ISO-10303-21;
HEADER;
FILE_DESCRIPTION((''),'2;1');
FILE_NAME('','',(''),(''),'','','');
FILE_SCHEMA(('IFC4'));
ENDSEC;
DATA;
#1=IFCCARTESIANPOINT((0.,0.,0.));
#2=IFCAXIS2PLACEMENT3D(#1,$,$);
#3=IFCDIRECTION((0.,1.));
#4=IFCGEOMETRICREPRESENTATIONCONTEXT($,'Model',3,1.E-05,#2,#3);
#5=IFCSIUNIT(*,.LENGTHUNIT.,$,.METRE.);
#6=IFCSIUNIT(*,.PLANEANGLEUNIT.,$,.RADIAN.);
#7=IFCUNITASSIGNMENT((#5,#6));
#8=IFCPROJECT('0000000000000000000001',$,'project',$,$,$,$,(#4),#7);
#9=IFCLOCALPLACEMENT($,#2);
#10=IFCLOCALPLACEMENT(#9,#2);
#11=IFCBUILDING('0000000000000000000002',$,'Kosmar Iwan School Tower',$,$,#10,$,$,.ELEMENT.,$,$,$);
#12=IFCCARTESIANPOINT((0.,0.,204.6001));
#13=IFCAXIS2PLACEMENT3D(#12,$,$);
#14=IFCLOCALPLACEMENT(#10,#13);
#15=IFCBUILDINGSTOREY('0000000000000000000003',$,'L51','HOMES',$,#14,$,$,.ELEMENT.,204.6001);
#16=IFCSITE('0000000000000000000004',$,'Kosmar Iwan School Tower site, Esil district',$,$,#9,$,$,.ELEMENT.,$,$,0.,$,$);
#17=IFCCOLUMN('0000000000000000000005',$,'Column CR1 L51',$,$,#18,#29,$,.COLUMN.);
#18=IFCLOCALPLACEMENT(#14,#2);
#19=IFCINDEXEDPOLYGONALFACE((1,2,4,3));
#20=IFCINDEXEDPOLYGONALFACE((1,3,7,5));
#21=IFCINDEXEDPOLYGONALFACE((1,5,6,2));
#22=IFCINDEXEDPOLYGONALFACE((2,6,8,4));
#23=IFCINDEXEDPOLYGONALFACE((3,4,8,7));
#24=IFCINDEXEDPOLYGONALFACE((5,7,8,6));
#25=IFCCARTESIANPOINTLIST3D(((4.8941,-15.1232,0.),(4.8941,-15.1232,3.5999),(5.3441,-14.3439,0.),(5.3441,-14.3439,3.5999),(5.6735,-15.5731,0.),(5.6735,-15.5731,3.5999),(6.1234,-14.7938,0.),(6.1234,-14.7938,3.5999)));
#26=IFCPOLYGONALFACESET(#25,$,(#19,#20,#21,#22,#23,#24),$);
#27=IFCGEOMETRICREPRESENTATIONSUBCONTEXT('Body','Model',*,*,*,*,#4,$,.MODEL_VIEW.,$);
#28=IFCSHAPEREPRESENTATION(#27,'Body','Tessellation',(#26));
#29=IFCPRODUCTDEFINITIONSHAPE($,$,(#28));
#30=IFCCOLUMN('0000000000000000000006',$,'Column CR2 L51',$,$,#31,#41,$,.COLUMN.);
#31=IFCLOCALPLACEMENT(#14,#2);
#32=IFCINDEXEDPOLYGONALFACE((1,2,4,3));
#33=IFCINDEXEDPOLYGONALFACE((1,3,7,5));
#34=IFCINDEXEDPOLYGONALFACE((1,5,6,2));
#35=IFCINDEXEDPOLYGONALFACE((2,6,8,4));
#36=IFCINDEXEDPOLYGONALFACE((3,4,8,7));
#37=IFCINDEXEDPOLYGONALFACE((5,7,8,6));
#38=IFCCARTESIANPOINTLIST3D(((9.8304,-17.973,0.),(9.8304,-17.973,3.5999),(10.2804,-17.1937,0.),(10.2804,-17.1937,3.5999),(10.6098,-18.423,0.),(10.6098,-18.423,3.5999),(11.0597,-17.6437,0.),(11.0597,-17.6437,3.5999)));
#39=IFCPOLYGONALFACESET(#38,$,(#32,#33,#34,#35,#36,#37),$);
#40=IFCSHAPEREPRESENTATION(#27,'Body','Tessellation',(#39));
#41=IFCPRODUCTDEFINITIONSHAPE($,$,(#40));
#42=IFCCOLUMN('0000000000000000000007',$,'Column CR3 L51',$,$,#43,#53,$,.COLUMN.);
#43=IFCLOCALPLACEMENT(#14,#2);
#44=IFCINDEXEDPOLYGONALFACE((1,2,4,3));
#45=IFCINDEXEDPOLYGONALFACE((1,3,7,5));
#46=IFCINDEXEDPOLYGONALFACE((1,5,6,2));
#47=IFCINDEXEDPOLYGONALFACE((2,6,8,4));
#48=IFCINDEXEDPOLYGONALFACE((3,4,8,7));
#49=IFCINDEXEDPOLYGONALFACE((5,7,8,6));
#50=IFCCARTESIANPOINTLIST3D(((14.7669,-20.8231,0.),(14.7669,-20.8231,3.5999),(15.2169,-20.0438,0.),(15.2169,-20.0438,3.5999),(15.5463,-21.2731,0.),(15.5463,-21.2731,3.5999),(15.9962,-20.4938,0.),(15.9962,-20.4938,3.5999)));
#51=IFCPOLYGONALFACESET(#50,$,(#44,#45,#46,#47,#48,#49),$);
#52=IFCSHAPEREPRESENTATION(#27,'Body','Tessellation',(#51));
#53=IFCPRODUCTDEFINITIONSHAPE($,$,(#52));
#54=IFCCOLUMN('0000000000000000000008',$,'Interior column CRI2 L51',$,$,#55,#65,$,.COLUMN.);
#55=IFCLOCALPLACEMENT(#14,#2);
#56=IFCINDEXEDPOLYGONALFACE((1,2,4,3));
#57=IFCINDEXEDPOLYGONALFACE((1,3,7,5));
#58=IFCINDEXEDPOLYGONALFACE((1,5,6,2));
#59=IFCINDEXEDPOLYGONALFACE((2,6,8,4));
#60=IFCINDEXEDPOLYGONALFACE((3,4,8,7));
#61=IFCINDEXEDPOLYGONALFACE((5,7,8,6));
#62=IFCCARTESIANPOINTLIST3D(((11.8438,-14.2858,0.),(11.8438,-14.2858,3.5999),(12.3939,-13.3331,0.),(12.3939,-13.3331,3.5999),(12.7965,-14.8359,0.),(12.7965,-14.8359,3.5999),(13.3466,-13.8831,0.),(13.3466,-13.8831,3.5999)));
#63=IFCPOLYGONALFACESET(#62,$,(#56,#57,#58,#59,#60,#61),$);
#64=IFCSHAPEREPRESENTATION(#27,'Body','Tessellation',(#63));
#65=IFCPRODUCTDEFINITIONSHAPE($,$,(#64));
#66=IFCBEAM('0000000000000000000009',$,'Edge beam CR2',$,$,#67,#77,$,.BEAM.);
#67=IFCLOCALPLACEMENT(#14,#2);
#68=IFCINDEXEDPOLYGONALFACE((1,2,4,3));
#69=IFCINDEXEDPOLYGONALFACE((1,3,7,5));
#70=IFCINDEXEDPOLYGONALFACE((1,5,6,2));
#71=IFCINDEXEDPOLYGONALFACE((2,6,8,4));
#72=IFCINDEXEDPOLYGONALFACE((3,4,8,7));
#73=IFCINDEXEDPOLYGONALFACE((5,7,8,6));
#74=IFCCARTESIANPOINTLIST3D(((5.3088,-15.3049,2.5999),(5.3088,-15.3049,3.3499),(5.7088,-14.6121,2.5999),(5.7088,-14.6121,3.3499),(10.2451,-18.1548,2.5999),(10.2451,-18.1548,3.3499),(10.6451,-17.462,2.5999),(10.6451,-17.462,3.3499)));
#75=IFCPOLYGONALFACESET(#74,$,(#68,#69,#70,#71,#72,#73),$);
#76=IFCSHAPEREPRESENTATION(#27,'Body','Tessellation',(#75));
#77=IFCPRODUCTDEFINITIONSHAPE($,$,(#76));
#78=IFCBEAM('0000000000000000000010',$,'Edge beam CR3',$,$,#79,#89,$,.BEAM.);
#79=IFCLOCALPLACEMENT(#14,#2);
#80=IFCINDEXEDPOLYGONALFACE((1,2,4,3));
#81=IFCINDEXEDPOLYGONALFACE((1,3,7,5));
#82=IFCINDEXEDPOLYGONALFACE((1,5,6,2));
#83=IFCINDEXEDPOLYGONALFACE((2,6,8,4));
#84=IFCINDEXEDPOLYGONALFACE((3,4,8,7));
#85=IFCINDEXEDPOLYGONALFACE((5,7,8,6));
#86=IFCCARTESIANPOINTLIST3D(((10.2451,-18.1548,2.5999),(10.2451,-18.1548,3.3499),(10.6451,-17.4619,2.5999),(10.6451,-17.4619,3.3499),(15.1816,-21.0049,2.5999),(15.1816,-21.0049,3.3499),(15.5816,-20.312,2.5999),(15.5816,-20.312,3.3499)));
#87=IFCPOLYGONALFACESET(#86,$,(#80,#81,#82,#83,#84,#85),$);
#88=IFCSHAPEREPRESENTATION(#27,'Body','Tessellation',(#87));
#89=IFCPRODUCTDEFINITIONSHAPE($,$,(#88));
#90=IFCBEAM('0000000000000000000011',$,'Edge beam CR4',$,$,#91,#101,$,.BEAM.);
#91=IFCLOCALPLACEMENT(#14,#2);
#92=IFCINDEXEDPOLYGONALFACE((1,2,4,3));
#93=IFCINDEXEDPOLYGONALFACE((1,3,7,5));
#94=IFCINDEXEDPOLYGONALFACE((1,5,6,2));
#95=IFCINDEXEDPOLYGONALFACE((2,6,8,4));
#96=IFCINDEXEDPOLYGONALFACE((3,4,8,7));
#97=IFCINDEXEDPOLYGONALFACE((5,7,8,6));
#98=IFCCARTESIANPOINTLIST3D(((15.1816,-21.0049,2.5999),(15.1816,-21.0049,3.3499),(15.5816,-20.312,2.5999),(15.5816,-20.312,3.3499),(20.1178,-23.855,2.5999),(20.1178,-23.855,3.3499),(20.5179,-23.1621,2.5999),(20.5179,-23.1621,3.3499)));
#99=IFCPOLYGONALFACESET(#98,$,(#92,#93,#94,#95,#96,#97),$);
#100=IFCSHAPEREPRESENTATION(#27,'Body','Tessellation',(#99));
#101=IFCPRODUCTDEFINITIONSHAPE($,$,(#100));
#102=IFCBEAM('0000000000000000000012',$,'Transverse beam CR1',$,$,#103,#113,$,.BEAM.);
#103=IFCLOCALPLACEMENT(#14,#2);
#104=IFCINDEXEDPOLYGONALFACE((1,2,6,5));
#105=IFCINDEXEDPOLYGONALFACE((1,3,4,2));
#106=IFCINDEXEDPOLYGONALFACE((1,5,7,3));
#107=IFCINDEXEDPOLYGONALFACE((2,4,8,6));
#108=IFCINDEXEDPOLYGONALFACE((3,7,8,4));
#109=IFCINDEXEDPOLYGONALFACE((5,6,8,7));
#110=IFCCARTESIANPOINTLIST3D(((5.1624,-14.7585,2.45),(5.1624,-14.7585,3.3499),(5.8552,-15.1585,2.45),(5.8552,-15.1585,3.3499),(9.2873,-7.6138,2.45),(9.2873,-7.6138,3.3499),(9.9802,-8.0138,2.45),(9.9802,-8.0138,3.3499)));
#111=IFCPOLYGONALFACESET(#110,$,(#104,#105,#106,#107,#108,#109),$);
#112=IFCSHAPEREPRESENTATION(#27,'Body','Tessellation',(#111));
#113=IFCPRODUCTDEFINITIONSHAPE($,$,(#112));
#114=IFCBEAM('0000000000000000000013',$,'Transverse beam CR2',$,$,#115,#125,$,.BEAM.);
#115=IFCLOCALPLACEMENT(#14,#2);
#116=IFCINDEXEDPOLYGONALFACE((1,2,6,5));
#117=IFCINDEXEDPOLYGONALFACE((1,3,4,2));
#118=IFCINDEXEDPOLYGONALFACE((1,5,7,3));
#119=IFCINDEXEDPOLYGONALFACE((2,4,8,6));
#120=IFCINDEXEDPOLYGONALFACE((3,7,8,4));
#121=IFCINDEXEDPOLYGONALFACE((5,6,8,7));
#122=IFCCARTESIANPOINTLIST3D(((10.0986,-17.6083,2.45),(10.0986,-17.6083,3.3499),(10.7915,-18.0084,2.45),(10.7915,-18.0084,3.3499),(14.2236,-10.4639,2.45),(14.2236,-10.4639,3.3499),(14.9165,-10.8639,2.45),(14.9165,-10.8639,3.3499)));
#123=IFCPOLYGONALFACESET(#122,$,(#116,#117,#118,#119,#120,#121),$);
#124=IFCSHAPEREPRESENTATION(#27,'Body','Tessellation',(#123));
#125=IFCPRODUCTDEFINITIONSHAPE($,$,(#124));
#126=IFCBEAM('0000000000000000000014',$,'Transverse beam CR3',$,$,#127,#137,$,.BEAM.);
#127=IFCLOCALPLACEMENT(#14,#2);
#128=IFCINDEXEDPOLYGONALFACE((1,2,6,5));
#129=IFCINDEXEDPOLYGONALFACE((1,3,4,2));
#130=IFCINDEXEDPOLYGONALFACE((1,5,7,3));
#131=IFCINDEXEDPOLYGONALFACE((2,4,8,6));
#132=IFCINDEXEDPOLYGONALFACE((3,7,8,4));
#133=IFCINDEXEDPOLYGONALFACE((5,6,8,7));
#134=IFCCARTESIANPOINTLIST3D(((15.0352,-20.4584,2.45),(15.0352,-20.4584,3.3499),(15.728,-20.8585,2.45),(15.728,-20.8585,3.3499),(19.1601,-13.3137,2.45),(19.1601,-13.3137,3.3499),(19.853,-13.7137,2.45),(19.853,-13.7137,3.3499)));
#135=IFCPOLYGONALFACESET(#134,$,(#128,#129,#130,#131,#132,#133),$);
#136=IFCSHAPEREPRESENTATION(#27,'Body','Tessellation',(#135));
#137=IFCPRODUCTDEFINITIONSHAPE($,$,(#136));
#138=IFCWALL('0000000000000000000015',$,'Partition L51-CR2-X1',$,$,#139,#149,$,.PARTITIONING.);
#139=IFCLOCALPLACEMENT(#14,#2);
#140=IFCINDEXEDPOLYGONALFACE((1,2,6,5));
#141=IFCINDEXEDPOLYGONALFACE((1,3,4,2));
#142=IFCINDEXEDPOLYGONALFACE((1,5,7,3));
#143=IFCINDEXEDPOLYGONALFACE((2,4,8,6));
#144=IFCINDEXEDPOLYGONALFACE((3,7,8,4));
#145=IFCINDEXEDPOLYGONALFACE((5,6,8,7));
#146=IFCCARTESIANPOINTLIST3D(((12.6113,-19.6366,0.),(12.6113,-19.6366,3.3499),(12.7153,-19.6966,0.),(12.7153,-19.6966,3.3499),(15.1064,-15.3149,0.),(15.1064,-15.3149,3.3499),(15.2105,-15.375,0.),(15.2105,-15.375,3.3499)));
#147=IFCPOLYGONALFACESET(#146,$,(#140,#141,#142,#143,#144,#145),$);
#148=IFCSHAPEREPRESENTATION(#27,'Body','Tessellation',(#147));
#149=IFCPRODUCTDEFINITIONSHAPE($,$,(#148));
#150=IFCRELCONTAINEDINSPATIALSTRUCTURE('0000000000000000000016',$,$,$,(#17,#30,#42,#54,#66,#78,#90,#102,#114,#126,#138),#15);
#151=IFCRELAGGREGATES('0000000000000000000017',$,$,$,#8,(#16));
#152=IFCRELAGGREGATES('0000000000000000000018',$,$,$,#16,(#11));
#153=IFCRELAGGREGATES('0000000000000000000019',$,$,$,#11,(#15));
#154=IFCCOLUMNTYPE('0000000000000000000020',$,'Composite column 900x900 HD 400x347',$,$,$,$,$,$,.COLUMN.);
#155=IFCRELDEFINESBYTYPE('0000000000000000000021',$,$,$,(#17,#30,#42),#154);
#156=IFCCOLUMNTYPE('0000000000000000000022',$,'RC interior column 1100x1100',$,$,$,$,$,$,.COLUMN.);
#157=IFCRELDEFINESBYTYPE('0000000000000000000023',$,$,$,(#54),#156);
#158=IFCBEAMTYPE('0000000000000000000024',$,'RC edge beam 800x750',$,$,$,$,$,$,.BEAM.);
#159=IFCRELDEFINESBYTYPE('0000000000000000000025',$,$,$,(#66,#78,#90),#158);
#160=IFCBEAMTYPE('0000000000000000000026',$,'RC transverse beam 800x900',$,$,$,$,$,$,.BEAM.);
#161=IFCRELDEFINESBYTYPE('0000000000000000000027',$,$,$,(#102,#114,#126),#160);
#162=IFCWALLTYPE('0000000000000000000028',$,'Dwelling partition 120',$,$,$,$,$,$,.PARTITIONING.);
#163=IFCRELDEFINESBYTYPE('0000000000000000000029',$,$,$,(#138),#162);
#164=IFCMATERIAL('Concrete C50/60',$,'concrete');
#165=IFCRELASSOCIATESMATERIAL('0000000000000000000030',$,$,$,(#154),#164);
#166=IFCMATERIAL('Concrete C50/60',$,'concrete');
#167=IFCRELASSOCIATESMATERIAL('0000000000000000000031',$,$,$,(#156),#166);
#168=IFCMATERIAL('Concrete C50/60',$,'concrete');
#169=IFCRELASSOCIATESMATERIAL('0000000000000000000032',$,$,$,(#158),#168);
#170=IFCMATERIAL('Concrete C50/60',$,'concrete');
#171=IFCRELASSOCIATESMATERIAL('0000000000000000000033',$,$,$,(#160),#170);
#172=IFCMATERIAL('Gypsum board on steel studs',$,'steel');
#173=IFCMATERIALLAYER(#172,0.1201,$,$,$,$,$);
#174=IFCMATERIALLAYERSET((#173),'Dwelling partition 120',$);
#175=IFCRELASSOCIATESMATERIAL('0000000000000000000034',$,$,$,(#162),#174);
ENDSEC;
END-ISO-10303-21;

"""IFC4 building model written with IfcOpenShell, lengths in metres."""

from ifc_helpers import new_model, si_unit, direction, frame, frame_2d, origin, origin_2d, place, context, subcontext, project, spatial, rectangle, extrude, material, layer, layer_set, material_profile, profile_set, type_object, element, save


model = new_model("IFC4")

# Units and contexts
model_context = context("Model", 3, precision=1e-05, world=origin(), true_north=direction((0.0, 1.0)))
body_context = subcontext(model_context, "Body", "Model", "MODEL_VIEW")
ifc_project = project(units=[si_unit("LENGTHUNIT", "METRE"), si_unit("PLANEANGLEUNIT", "RADIAN")], contexts=[model_context])

# Site, building, storey
site_placement = place(None, origin())
site = spatial("IfcSite", under=ifc_project, at=site_placement, Name="Kosmar Iwan School Tower site, Esil district", CompositionType="ELEMENT", RefElevation=0.0)
building_placement = place(site_placement, origin())
building = spatial("IfcBuilding", under=site, at=building_placement, Name="Kosmar Iwan School Tower", CompositionType="ELEMENT")
storey_placement = place(building_placement, frame((0.0, 0.0, 204.6001)))
storey = spatial("IfcBuildingStorey", under=building, at=storey_placement, Name="L51", Description="HOMES", CompositionType="ELEMENT", Elevation=204.6001)

# Columns
ifc_material_1 = material(Name="Concrete C50/60", Category="concrete")
ifc_material_profile_1 = material_profile(ifc_material_1, rectangle(XDim=0.8999, YDim=0.8999, at=origin_2d()), Name="RC 900x900 + HD 400x347")
ifc_profile_set_1 = profile_set([ifc_material_profile_1], Name="Concrete C50/60")
column_type_1 = type_object("IfcColumnType", Name="Composite column 900x900 HD 400x347", PredefinedType="COLUMN", material=ifc_profile_set_1)
for number, where, z_axis, x_axis, name in (
    (1, (5.5088, -14.9585, 0.0), (0.0, 0.0, 1.0), (0.866025, -0.5, 0.0), "Column CR1 L51"),
    (2, (10.4451, -17.8083, 0.0), (0.0, 0.0, 1.0), (0.866025, -0.5, 0.0), "Column CR2 L51"),
    (3, (15.3816, -20.6584, 0.0), (0.0, 0.0, 1.0), (0.866025, -0.5, 0.0), "Column CR3 L51"),
):
    element("IfcColumn", number, at=place(storey_placement, frame(where, z_axis=z_axis, x_axis=x_axis)), inside=storey, type_object=column_type_1, Name=name, PredefinedType="COLUMN", context=body_context, shape_type="SweptSolid", body=[
        extrude(rectangle(XDim=0.8999, YDim=0.8999, at=origin_2d()), origin(), (0.0, 0.0, 1.0), 3.5999),
    ])
ifc_material_2 = material(Name="Concrete C50/60", Category="concrete")
ifc_material_profile_2 = material_profile(ifc_material_2, rectangle(XDim=1.1001, YDim=1.1001, at=origin_2d()), Name="RC 1100x1100")
ifc_profile_set_2 = profile_set([ifc_material_profile_2], Name="Concrete C50/60")
column_type_2 = type_object("IfcColumnType", Name="RC interior column 1100x1100", PredefinedType="COLUMN", material=ifc_profile_set_2)
column_placement = place(storey_placement, frame((12.5952, -14.0845, 0.0), z_axis=(0.0, 0.0, 1.0), x_axis=(0.866025, -0.5, 0.0)))
element("IfcColumn", 4, at=column_placement, inside=storey, type_object=column_type_2, Name="Interior column CRI2 L51", PredefinedType="COLUMN", context=body_context, shape_type="SweptSolid", body=[
    extrude(rectangle(XDim=1.1001, YDim=1.1001, at=origin_2d()), origin(), (0.0, 0.0, 1.0), 3.5999),
])

# Beams
ifc_material_3 = material(Name="Concrete C50/60", Category="concrete")
ifc_material_profile_3 = material_profile(ifc_material_3, rectangle(XDim=0.8, YDim=0.75, at=origin_2d()), Name="RC 800x750")
ifc_profile_set_3 = profile_set([ifc_material_profile_3], Name="Concrete C50/60")
beam_type_1 = type_object("IfcBeamType", Name="RC edge beam 800x750", PredefinedType="BEAM", material=ifc_profile_set_3)
beam_1_placement = place(storey_placement, frame((5.5088, -14.9585, 2.9749), z_axis=(0.866034, -0.499986, 0.0), x_axis=(0.499986, 0.866034, 0.0)))
element("IfcBeam", 5, at=beam_1_placement, inside=storey, type_object=beam_type_1, Name="Edge beam CR2", PredefinedType="BEAM", context=body_context, shape_type="SweptSolid", body=[
    extrude(rectangle(XDim=0.8, YDim=0.75, at=origin_2d()), origin(), (0.0, 0.0, 1.0), 5.7),
])
beam_2_placement = place(storey_placement, frame((10.4451, -17.8083, 2.9749), z_axis=(0.866026, -0.499999, 0.0), x_axis=(0.499999, 0.866026, 0.0)))
element("IfcBeam", 6, at=beam_2_placement, inside=storey, type_object=beam_type_1, Name="Edge beam CR3", PredefinedType="BEAM", context=body_context, shape_type="SweptSolid", body=[
    extrude(rectangle(XDim=0.8, YDim=0.75, at=origin_2d()), origin(), (0.0, 0.0, 1.0), 5.7002),
])
beam_3_placement = place(storey_placement, frame((15.3816, -20.6584, 2.9749), z_axis=(0.866015, -0.500018, 0.0), x_axis=(0.500018, 0.866015, 0.0)))
element("IfcBeam", 7, at=beam_3_placement, inside=storey, type_object=beam_type_1, Name="Edge beam CR4", PredefinedType="BEAM", context=body_context, shape_type="SweptSolid", body=[
    extrude(rectangle(XDim=0.8, YDim=0.75, at=origin_2d()), origin(), (0.0, 0.0, 1.0), 5.7),
])
ifc_material_4 = material(Name="Concrete C50/60", Category="concrete")
ifc_material_profile_4 = material_profile(ifc_material_4, rectangle(XDim=0.8, YDim=0.8999, at=origin_2d()), Name="RC 800x900")
ifc_profile_set_4 = profile_set([ifc_material_profile_4], Name="Concrete C50/60")
beam_type_2 = type_object("IfcBeamType", Name="RC transverse beam 800x900", PredefinedType="BEAM", material=ifc_profile_set_4)
beam_4_placement = place(storey_placement, frame((5.5088, -14.9585, 2.8999), z_axis=(0.499997, 0.866027, 0.0), x_axis=(-0.866027, 0.499997, 0.0)))
element("IfcBeam", 8, at=beam_4_placement, inside=storey, type_object=beam_type_2, Name="Transverse beam CR1", PredefinedType="BEAM", context=body_context, shape_type="SweptSolid", body=[
    extrude(rectangle(XDim=0.8, YDim=0.8999, at=origin_2d()), origin(), (0.0, 0.0, 1.0), 8.25),
])
beam_5_placement = place(storey_placement, frame((10.4451, -17.8083, 2.8999), z_axis=(0.500009, 0.86602, 0.0), x_axis=(-0.86602, 0.500009, 0.0)))
element("IfcBeam", 9, at=beam_5_placement, inside=storey, type_object=beam_type_2, Name="Transverse beam CR2", PredefinedType="BEAM", context=body_context, shape_type="SweptSolid", body=[
    extrude(rectangle(XDim=0.8, YDim=0.8999, at=origin_2d()), origin(), (0.0, 0.0, 1.0), 8.2498),
])
beam_6_placement = place(storey_placement, frame((15.3816, -20.6584, 2.8999), z_axis=(0.499997, 0.866027, 0.0), x_axis=(-0.866027, 0.499997, 0.0)))
element("IfcBeam", 10, at=beam_6_placement, inside=storey, type_object=beam_type_2, Name="Transverse beam CR3", PredefinedType="BEAM", context=body_context, shape_type="SweptSolid", body=[
    extrude(rectangle(XDim=0.8, YDim=0.8999, at=origin_2d()), origin(), (0.0, 0.0, 1.0), 8.25),
])

# Wall
ifc_material_5 = material(Name="Gypsum board on steel studs", Category="steel")
ifc_layer = layer(ifc_material_5, 0.1201)
ifc_layer_set = layer_set([ifc_layer], Name="Dwelling partition 120")
wall_type = type_object("IfcWallType", Name="Dwelling partition 120", PredefinedType="PARTITIONING", material=ifc_layer_set)
wall_placement = place(storey_placement, frame((15.1584, -15.345, 0.0), z_axis=(0.0, 0.0, 1.0), x_axis=(-0.500012, -0.866019, 0.0)))
element("IfcWall", 11, at=wall_placement, inside=storey, type_object=wall_type, Name="Partition L51-CR2-X1", PredefinedType="PARTITIONING", context=body_context, shape_type="SweptSolid", body=[
    extrude(rectangle(XDim=4.9902, YDim=0.1201, at=frame_2d((2.4951, 0.0))), origin(), (0.0, 0.0, 1.0), 3.3499),
])

save(model, "model.ifc")
